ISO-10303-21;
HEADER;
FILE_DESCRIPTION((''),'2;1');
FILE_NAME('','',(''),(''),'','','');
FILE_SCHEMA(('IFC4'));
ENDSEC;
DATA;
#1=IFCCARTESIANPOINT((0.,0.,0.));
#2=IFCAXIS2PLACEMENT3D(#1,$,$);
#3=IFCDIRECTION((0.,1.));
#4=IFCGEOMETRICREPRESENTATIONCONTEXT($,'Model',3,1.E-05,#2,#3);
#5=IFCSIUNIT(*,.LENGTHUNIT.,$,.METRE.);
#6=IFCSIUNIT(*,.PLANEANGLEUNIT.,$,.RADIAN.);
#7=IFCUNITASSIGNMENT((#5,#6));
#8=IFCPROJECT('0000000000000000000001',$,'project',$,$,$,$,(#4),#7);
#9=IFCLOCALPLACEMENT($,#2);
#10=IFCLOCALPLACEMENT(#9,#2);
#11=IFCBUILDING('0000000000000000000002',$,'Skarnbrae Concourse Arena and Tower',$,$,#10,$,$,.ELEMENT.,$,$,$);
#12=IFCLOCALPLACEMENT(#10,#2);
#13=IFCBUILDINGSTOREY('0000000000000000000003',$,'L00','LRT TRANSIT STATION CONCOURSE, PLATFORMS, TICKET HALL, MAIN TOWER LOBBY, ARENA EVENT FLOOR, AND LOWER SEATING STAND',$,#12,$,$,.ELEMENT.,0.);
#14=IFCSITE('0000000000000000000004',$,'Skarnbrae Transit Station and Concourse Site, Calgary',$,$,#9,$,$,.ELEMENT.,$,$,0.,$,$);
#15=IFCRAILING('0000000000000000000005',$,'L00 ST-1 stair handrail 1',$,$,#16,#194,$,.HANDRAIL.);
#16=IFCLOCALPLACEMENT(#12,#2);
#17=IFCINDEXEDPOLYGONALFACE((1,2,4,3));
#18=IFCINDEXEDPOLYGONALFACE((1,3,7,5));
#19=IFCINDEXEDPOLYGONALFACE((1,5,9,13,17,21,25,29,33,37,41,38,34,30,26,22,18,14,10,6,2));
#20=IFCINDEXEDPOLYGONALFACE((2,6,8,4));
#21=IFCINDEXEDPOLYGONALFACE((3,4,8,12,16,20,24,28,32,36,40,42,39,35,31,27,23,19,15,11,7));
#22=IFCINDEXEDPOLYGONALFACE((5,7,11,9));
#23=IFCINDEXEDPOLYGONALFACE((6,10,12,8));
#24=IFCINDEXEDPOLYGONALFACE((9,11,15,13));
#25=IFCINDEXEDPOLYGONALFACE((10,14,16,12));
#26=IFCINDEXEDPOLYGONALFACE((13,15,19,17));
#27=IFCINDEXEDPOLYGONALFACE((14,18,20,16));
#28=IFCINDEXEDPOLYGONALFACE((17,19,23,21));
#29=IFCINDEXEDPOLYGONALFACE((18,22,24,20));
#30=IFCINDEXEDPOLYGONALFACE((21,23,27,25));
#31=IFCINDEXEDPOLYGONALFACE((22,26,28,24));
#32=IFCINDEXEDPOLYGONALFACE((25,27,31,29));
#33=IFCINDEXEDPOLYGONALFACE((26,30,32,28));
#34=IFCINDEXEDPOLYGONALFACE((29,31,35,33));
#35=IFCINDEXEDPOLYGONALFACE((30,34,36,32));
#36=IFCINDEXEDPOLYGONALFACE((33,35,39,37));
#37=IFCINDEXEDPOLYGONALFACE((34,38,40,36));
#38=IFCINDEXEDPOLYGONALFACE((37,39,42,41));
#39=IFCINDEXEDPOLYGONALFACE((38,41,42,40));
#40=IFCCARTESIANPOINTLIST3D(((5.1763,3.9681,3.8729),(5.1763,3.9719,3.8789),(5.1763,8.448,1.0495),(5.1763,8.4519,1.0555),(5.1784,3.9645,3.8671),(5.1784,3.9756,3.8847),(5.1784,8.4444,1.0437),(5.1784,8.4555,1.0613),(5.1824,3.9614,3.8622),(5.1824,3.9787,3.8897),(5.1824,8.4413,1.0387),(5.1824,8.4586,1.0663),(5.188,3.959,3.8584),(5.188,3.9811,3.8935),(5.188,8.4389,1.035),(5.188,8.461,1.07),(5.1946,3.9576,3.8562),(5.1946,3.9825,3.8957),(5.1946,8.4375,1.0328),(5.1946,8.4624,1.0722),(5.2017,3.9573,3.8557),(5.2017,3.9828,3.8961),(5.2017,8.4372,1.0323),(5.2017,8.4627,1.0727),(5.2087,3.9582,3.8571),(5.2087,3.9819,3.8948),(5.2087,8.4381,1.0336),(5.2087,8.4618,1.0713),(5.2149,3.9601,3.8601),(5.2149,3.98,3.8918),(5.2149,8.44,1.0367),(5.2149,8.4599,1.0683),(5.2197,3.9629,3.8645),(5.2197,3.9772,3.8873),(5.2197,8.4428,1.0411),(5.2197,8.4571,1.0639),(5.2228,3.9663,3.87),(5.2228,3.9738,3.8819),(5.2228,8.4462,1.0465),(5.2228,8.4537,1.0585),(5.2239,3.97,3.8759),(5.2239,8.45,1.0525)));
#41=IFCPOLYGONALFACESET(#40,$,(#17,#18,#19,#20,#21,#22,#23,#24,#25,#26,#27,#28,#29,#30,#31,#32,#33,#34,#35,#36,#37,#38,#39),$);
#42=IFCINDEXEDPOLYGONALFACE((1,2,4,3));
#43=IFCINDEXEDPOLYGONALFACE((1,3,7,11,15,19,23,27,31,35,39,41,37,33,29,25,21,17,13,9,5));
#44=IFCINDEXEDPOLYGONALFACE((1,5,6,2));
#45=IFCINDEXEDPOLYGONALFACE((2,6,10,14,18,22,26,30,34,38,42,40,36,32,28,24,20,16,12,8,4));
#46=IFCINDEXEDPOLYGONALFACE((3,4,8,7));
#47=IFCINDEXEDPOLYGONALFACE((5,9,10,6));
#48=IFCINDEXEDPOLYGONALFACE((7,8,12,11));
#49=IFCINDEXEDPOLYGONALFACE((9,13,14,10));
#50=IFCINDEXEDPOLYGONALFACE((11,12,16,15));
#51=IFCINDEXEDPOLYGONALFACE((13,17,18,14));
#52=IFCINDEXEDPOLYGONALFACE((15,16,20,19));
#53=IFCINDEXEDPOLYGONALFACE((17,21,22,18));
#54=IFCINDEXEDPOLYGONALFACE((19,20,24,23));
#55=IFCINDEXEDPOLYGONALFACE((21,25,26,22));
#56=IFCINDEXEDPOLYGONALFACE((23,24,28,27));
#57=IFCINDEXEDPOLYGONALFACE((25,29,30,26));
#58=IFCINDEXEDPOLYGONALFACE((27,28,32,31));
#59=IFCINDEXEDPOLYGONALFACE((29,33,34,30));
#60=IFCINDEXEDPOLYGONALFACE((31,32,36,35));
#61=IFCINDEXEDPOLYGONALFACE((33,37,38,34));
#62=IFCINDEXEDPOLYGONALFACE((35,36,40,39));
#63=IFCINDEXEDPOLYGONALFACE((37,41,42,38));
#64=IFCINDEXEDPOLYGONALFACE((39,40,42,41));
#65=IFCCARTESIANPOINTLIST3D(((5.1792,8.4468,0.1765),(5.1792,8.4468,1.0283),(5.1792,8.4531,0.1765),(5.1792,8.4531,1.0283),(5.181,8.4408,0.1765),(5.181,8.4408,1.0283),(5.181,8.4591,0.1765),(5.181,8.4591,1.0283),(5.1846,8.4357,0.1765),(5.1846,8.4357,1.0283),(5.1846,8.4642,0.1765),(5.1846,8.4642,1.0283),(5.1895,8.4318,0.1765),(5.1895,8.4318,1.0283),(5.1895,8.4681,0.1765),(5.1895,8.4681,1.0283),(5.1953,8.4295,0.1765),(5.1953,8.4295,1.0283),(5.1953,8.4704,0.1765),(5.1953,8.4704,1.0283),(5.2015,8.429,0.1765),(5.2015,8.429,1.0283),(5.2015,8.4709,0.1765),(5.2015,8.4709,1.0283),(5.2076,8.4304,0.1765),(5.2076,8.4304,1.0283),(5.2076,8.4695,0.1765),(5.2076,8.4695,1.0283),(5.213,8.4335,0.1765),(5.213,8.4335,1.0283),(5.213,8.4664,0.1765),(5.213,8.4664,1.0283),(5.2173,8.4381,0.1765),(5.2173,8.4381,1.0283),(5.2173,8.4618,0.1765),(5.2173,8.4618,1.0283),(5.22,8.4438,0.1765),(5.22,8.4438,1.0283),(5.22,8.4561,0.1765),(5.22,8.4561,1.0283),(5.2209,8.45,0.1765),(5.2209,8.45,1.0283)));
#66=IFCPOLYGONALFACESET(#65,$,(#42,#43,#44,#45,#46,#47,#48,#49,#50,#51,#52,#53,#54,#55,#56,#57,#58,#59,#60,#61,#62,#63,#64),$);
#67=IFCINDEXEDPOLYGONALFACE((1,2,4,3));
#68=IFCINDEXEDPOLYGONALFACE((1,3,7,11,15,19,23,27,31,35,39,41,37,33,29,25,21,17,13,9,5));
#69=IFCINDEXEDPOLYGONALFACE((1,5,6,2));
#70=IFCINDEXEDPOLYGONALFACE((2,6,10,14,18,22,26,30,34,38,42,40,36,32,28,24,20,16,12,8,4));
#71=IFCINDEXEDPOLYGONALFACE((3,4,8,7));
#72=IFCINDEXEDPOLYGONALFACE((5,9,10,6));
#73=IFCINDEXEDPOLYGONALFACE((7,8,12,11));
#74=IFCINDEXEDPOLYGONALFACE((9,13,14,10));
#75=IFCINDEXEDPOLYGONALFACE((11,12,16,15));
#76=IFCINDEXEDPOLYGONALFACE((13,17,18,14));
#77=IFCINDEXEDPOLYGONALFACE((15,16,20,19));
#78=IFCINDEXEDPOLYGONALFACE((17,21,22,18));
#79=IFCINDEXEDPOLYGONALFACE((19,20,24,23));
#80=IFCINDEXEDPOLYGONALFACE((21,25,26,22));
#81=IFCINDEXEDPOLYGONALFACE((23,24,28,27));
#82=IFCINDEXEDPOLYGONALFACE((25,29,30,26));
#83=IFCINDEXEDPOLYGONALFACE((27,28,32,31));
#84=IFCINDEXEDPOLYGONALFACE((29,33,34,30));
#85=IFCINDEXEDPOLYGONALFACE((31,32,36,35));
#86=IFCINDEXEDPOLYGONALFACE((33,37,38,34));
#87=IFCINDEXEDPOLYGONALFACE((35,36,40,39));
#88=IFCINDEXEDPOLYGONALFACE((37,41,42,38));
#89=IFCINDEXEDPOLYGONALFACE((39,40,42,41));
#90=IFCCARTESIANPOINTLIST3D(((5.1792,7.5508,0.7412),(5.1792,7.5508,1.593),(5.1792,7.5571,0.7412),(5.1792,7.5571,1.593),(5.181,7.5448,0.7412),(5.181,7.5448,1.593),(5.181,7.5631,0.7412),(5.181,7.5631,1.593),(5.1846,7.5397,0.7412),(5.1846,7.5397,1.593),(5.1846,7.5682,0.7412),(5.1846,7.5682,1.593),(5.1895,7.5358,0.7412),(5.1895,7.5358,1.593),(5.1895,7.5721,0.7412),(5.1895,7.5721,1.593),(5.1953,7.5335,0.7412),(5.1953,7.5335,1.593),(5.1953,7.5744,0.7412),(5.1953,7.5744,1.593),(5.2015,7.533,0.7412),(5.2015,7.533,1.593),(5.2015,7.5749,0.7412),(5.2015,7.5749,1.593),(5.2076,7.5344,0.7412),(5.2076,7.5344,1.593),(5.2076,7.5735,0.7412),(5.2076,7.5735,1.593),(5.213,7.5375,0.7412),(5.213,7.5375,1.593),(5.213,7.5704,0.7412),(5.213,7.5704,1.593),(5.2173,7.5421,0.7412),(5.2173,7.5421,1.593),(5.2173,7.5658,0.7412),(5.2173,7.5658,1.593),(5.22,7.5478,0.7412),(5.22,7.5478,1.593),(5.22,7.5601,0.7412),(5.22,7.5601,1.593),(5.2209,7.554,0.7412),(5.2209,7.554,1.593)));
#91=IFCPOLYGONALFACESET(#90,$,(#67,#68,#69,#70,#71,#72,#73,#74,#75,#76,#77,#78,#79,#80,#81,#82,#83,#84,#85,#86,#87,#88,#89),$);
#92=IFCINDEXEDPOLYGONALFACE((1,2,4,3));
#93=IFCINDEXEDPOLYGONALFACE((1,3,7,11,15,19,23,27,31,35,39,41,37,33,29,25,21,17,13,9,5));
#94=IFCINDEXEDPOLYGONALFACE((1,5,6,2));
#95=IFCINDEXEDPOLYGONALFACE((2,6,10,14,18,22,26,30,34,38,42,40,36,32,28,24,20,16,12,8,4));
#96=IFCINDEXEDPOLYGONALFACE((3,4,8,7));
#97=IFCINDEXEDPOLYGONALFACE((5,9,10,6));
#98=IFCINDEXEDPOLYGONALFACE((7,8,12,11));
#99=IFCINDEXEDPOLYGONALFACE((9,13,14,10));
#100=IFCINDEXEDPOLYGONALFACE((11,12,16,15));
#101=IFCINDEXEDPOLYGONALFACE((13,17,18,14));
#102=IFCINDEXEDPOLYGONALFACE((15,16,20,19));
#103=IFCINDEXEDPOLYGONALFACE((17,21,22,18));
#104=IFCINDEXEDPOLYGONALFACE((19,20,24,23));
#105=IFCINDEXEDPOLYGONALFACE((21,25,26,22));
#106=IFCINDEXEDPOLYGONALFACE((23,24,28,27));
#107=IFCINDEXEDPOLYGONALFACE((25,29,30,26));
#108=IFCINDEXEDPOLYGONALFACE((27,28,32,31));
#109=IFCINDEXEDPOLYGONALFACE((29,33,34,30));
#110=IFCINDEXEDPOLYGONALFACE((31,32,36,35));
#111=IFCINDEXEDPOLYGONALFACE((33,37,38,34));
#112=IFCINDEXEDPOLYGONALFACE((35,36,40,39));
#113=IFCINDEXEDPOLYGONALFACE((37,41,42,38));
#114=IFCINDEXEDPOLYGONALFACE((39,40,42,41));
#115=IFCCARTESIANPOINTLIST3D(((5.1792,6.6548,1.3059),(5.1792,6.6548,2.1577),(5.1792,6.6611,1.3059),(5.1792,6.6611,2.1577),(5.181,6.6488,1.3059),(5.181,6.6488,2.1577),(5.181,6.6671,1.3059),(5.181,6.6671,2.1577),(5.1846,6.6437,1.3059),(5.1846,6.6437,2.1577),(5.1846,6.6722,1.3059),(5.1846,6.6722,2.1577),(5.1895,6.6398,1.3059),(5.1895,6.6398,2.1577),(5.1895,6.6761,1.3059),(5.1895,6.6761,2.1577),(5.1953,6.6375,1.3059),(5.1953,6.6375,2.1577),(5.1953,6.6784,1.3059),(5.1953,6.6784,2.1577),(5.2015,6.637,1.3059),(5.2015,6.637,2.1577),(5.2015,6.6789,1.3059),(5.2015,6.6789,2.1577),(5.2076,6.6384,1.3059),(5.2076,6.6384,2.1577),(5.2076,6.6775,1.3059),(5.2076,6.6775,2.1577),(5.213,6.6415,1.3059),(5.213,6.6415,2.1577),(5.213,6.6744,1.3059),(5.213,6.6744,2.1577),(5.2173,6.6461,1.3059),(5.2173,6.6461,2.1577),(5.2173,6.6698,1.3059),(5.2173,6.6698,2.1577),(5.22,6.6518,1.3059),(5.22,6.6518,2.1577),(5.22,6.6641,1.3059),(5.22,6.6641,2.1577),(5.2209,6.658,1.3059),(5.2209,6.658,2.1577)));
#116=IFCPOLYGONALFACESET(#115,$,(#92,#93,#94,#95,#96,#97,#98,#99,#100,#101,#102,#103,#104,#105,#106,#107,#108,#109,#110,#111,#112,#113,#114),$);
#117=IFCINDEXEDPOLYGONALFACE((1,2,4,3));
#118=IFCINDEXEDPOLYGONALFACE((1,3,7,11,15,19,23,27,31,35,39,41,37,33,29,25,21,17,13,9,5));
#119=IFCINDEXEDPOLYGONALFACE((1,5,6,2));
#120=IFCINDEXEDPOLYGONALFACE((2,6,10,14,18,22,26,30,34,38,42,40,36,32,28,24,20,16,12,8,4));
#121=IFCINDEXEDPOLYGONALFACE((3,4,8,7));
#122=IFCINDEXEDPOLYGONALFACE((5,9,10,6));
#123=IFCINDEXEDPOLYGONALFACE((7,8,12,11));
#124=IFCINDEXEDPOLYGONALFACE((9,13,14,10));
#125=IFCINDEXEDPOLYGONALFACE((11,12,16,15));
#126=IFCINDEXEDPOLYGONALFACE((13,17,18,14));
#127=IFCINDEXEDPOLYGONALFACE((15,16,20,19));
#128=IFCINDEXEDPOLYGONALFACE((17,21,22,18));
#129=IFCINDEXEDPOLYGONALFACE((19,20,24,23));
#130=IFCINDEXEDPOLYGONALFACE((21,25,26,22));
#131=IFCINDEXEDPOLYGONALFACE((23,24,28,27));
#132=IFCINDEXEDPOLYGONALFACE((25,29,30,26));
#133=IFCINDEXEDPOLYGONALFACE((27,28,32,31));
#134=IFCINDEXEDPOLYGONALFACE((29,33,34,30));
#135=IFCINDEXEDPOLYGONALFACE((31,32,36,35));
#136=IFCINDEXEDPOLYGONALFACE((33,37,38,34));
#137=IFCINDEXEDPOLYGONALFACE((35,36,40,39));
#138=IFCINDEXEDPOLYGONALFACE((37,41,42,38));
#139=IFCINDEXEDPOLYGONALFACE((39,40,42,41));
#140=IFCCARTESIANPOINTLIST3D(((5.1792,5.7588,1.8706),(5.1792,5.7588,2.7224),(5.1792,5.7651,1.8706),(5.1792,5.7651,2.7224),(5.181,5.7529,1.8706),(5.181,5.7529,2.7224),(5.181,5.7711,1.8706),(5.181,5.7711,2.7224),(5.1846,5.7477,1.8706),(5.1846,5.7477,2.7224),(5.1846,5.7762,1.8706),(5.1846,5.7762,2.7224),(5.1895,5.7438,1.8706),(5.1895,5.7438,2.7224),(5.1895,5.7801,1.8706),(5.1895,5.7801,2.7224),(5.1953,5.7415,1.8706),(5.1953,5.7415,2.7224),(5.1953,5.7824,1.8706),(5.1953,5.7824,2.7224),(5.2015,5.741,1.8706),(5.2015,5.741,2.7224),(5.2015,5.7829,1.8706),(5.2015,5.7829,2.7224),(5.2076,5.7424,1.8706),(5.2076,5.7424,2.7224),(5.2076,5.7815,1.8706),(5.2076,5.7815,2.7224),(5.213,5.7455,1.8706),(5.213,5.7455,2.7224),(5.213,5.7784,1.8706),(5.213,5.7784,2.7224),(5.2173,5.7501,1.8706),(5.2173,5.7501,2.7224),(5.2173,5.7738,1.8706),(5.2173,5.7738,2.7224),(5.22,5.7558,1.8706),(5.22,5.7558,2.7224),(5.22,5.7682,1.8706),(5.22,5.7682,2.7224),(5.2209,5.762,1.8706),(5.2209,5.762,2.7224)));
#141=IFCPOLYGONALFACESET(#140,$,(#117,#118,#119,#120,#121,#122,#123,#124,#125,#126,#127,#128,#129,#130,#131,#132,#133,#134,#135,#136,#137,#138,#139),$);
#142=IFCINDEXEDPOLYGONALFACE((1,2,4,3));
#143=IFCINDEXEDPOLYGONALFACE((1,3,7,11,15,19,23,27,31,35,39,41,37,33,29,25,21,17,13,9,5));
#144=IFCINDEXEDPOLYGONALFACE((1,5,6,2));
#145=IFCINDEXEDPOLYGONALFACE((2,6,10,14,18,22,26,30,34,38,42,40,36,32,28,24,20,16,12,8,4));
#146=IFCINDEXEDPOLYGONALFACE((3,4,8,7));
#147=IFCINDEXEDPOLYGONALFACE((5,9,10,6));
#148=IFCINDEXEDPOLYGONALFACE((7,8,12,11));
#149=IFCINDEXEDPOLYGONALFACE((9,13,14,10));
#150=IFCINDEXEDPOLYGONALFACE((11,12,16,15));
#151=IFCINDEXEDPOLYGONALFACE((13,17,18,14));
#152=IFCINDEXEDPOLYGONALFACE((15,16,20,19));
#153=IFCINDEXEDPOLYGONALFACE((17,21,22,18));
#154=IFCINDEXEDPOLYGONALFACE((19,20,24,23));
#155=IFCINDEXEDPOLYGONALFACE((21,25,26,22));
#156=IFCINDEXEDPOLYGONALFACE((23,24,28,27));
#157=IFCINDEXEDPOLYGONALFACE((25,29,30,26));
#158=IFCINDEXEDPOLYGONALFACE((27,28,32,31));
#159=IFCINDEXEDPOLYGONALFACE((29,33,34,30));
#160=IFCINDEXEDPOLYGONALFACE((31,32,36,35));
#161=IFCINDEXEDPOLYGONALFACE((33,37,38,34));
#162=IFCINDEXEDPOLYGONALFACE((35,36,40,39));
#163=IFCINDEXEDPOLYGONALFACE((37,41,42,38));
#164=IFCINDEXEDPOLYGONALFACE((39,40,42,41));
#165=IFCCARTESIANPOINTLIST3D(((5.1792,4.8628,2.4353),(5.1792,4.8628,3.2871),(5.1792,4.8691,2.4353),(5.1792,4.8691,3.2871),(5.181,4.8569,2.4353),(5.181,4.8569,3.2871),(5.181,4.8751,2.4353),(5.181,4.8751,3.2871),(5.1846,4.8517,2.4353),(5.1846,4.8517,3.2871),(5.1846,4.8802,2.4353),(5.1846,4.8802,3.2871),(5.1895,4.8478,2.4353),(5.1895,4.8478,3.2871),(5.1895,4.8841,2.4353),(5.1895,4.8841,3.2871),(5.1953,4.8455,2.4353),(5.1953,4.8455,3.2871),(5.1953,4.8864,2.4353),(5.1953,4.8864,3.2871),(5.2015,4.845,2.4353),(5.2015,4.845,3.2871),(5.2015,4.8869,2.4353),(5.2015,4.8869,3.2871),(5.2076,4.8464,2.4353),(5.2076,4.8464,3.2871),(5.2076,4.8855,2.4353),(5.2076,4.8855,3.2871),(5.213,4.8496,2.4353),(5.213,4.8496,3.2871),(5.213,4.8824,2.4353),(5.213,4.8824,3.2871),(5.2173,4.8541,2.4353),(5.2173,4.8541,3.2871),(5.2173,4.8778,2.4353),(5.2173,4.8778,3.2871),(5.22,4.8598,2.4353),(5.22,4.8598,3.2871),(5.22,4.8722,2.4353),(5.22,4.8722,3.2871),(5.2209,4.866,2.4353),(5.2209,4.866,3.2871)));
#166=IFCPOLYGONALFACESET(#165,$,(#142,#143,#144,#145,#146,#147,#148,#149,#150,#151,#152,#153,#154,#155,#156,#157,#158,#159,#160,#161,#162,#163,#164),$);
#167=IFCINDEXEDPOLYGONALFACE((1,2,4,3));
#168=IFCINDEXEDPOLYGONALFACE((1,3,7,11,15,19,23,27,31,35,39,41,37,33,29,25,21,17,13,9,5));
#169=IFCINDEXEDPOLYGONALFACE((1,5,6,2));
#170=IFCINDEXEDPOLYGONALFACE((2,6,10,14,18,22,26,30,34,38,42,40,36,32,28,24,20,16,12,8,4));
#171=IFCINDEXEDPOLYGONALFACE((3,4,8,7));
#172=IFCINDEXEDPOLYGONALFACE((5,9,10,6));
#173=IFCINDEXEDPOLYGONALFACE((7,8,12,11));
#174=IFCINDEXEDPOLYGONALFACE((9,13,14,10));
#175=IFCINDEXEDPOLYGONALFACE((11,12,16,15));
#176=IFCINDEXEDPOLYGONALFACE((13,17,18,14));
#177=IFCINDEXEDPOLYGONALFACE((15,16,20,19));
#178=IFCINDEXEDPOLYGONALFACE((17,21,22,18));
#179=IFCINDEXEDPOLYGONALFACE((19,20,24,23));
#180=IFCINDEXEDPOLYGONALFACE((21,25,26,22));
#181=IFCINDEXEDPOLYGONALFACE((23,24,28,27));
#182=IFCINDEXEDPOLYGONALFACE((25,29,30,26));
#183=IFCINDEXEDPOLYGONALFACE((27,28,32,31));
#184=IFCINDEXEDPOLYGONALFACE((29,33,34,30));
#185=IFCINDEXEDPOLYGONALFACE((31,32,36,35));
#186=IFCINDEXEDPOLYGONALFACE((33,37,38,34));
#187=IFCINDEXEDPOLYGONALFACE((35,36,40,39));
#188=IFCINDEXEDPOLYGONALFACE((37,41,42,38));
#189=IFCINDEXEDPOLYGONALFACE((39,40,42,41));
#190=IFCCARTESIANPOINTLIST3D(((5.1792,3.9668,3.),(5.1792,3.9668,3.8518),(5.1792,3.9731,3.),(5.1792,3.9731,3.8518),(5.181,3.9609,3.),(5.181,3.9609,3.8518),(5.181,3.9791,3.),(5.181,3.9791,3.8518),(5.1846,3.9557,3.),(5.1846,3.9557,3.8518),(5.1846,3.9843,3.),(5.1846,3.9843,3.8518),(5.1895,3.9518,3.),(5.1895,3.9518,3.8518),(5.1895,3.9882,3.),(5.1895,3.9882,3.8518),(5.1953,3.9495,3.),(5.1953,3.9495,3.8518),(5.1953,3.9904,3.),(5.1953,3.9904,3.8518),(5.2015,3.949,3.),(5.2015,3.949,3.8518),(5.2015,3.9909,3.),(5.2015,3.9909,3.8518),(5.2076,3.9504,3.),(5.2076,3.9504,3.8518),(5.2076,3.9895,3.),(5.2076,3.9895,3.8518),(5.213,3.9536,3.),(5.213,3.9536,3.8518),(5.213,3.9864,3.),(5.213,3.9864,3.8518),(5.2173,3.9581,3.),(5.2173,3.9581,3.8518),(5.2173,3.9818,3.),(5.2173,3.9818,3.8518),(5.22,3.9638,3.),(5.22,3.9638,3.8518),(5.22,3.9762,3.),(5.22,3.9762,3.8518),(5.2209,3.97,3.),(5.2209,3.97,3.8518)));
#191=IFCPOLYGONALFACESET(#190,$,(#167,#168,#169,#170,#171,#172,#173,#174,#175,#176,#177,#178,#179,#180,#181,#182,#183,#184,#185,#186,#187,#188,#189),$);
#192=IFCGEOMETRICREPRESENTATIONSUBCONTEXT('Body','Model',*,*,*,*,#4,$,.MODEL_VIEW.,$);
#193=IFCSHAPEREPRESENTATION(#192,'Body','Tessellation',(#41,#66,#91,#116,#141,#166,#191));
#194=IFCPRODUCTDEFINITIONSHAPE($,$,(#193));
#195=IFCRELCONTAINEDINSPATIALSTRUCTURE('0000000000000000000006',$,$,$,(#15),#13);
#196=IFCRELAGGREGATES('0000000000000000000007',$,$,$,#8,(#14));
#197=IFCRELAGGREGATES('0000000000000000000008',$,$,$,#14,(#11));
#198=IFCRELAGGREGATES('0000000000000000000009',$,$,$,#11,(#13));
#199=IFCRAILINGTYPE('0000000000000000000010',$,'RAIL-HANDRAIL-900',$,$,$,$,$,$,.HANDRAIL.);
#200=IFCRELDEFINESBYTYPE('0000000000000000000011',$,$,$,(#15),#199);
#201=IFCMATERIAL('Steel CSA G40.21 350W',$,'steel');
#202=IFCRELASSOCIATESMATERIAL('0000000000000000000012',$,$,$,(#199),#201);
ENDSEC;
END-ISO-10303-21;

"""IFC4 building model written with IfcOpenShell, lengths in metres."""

from ifc_helpers import new_model, si_unit, direction, frame, origin, origin_2d, place, context, subcontext, project, spatial, circle, extrude, material, type_object, element, save


model = new_model("IFC4")

# Units and contexts
model_context = context("Model", 3, precision=1e-05, world=origin(), true_north=direction((0.0, 1.0)))
body_context = subcontext(model_context, "Body", "Model", "MODEL_VIEW")
ifc_project = project(units=[si_unit("LENGTHUNIT", "METRE"), si_unit("PLANEANGLEUNIT", "RADIAN")], contexts=[model_context])

# Site, building, storey
site_placement = place(None, origin())
site = spatial("IfcSite", under=ifc_project, at=site_placement, Name="Skarnbrae Transit Station and Concourse Site, Calgary", CompositionType="ELEMENT", RefElevation=0.0)
building_placement = place(site_placement, origin())
building = spatial("IfcBuilding", under=site, at=building_placement, Name="Skarnbrae Concourse Arena and Tower", CompositionType="ELEMENT")
storey_placement = place(building_placement, origin())
storey = spatial("IfcBuildingStorey", under=building, at=storey_placement, Name="L00", Description="LRT TRANSIT STATION CONCOURSE, PLATFORMS, TICKET HALL, MAIN TOWER LOBBY, ARENA EVENT FLOOR, AND LOWER SEATING STAND", CompositionType="ELEMENT", Elevation=0.0)

# Shared definitions
ifc_material_1 = material(Name="Steel CSA G40.21 350W", Category="steel")

# Railing
railing_type_1 = type_object("IfcRailingType", Name="RAIL-HANDRAIL-900", PredefinedType="HANDRAIL", material=ifc_material_1)
railing_1_placement = place(storey_placement, frame((5.2, 8.45, 0.1765)))
element("IfcRailing", 1, at=railing_1_placement, inside=storey, type_object=railing_type_1, Name="L00 ST-1 stair handrail 1", PredefinedType="HANDRAIL", context=body_context, shape_type="SweptSolid", body=[
    extrude(circle(Radius=0.0239, at=origin_2d()), frame((0.0, 0.0, 0.876), z_axis=(0.0, -0.845998, 0.533186), x_axis=(1.0, 0.0, 0.0)), (0.0, 0.0, 1.0), 5.2954),
    extrude(circle(Radius=0.021, at=origin_2d()), origin(), (0.0, 0.0, 1.0), 0.8518),
    extrude(circle(Radius=0.021, at=origin_2d()), frame((0.0, -0.896, 0.5647)), (0.0, 0.0, 1.0), 0.8518),
    extrude(circle(Radius=0.021, at=origin_2d()), frame((0.0, -1.792, 1.1294)), (0.0, 0.0, 1.0), 0.8518),
    extrude(circle(Radius=0.021, at=origin_2d()), frame((0.0, -2.688, 1.6941)), (0.0, 0.0, 1.0), 0.8518),
    extrude(circle(Radius=0.021, at=origin_2d()), frame((0.0, -3.584, 2.2588)), (0.0, 0.0, 1.0), 0.8518),
    extrude(circle(Radius=0.021, at=origin_2d()), frame((0.0, -4.48, 2.8235)), (0.0, 0.0, 1.0), 0.8518),
])

save(model, "model.ifc")
